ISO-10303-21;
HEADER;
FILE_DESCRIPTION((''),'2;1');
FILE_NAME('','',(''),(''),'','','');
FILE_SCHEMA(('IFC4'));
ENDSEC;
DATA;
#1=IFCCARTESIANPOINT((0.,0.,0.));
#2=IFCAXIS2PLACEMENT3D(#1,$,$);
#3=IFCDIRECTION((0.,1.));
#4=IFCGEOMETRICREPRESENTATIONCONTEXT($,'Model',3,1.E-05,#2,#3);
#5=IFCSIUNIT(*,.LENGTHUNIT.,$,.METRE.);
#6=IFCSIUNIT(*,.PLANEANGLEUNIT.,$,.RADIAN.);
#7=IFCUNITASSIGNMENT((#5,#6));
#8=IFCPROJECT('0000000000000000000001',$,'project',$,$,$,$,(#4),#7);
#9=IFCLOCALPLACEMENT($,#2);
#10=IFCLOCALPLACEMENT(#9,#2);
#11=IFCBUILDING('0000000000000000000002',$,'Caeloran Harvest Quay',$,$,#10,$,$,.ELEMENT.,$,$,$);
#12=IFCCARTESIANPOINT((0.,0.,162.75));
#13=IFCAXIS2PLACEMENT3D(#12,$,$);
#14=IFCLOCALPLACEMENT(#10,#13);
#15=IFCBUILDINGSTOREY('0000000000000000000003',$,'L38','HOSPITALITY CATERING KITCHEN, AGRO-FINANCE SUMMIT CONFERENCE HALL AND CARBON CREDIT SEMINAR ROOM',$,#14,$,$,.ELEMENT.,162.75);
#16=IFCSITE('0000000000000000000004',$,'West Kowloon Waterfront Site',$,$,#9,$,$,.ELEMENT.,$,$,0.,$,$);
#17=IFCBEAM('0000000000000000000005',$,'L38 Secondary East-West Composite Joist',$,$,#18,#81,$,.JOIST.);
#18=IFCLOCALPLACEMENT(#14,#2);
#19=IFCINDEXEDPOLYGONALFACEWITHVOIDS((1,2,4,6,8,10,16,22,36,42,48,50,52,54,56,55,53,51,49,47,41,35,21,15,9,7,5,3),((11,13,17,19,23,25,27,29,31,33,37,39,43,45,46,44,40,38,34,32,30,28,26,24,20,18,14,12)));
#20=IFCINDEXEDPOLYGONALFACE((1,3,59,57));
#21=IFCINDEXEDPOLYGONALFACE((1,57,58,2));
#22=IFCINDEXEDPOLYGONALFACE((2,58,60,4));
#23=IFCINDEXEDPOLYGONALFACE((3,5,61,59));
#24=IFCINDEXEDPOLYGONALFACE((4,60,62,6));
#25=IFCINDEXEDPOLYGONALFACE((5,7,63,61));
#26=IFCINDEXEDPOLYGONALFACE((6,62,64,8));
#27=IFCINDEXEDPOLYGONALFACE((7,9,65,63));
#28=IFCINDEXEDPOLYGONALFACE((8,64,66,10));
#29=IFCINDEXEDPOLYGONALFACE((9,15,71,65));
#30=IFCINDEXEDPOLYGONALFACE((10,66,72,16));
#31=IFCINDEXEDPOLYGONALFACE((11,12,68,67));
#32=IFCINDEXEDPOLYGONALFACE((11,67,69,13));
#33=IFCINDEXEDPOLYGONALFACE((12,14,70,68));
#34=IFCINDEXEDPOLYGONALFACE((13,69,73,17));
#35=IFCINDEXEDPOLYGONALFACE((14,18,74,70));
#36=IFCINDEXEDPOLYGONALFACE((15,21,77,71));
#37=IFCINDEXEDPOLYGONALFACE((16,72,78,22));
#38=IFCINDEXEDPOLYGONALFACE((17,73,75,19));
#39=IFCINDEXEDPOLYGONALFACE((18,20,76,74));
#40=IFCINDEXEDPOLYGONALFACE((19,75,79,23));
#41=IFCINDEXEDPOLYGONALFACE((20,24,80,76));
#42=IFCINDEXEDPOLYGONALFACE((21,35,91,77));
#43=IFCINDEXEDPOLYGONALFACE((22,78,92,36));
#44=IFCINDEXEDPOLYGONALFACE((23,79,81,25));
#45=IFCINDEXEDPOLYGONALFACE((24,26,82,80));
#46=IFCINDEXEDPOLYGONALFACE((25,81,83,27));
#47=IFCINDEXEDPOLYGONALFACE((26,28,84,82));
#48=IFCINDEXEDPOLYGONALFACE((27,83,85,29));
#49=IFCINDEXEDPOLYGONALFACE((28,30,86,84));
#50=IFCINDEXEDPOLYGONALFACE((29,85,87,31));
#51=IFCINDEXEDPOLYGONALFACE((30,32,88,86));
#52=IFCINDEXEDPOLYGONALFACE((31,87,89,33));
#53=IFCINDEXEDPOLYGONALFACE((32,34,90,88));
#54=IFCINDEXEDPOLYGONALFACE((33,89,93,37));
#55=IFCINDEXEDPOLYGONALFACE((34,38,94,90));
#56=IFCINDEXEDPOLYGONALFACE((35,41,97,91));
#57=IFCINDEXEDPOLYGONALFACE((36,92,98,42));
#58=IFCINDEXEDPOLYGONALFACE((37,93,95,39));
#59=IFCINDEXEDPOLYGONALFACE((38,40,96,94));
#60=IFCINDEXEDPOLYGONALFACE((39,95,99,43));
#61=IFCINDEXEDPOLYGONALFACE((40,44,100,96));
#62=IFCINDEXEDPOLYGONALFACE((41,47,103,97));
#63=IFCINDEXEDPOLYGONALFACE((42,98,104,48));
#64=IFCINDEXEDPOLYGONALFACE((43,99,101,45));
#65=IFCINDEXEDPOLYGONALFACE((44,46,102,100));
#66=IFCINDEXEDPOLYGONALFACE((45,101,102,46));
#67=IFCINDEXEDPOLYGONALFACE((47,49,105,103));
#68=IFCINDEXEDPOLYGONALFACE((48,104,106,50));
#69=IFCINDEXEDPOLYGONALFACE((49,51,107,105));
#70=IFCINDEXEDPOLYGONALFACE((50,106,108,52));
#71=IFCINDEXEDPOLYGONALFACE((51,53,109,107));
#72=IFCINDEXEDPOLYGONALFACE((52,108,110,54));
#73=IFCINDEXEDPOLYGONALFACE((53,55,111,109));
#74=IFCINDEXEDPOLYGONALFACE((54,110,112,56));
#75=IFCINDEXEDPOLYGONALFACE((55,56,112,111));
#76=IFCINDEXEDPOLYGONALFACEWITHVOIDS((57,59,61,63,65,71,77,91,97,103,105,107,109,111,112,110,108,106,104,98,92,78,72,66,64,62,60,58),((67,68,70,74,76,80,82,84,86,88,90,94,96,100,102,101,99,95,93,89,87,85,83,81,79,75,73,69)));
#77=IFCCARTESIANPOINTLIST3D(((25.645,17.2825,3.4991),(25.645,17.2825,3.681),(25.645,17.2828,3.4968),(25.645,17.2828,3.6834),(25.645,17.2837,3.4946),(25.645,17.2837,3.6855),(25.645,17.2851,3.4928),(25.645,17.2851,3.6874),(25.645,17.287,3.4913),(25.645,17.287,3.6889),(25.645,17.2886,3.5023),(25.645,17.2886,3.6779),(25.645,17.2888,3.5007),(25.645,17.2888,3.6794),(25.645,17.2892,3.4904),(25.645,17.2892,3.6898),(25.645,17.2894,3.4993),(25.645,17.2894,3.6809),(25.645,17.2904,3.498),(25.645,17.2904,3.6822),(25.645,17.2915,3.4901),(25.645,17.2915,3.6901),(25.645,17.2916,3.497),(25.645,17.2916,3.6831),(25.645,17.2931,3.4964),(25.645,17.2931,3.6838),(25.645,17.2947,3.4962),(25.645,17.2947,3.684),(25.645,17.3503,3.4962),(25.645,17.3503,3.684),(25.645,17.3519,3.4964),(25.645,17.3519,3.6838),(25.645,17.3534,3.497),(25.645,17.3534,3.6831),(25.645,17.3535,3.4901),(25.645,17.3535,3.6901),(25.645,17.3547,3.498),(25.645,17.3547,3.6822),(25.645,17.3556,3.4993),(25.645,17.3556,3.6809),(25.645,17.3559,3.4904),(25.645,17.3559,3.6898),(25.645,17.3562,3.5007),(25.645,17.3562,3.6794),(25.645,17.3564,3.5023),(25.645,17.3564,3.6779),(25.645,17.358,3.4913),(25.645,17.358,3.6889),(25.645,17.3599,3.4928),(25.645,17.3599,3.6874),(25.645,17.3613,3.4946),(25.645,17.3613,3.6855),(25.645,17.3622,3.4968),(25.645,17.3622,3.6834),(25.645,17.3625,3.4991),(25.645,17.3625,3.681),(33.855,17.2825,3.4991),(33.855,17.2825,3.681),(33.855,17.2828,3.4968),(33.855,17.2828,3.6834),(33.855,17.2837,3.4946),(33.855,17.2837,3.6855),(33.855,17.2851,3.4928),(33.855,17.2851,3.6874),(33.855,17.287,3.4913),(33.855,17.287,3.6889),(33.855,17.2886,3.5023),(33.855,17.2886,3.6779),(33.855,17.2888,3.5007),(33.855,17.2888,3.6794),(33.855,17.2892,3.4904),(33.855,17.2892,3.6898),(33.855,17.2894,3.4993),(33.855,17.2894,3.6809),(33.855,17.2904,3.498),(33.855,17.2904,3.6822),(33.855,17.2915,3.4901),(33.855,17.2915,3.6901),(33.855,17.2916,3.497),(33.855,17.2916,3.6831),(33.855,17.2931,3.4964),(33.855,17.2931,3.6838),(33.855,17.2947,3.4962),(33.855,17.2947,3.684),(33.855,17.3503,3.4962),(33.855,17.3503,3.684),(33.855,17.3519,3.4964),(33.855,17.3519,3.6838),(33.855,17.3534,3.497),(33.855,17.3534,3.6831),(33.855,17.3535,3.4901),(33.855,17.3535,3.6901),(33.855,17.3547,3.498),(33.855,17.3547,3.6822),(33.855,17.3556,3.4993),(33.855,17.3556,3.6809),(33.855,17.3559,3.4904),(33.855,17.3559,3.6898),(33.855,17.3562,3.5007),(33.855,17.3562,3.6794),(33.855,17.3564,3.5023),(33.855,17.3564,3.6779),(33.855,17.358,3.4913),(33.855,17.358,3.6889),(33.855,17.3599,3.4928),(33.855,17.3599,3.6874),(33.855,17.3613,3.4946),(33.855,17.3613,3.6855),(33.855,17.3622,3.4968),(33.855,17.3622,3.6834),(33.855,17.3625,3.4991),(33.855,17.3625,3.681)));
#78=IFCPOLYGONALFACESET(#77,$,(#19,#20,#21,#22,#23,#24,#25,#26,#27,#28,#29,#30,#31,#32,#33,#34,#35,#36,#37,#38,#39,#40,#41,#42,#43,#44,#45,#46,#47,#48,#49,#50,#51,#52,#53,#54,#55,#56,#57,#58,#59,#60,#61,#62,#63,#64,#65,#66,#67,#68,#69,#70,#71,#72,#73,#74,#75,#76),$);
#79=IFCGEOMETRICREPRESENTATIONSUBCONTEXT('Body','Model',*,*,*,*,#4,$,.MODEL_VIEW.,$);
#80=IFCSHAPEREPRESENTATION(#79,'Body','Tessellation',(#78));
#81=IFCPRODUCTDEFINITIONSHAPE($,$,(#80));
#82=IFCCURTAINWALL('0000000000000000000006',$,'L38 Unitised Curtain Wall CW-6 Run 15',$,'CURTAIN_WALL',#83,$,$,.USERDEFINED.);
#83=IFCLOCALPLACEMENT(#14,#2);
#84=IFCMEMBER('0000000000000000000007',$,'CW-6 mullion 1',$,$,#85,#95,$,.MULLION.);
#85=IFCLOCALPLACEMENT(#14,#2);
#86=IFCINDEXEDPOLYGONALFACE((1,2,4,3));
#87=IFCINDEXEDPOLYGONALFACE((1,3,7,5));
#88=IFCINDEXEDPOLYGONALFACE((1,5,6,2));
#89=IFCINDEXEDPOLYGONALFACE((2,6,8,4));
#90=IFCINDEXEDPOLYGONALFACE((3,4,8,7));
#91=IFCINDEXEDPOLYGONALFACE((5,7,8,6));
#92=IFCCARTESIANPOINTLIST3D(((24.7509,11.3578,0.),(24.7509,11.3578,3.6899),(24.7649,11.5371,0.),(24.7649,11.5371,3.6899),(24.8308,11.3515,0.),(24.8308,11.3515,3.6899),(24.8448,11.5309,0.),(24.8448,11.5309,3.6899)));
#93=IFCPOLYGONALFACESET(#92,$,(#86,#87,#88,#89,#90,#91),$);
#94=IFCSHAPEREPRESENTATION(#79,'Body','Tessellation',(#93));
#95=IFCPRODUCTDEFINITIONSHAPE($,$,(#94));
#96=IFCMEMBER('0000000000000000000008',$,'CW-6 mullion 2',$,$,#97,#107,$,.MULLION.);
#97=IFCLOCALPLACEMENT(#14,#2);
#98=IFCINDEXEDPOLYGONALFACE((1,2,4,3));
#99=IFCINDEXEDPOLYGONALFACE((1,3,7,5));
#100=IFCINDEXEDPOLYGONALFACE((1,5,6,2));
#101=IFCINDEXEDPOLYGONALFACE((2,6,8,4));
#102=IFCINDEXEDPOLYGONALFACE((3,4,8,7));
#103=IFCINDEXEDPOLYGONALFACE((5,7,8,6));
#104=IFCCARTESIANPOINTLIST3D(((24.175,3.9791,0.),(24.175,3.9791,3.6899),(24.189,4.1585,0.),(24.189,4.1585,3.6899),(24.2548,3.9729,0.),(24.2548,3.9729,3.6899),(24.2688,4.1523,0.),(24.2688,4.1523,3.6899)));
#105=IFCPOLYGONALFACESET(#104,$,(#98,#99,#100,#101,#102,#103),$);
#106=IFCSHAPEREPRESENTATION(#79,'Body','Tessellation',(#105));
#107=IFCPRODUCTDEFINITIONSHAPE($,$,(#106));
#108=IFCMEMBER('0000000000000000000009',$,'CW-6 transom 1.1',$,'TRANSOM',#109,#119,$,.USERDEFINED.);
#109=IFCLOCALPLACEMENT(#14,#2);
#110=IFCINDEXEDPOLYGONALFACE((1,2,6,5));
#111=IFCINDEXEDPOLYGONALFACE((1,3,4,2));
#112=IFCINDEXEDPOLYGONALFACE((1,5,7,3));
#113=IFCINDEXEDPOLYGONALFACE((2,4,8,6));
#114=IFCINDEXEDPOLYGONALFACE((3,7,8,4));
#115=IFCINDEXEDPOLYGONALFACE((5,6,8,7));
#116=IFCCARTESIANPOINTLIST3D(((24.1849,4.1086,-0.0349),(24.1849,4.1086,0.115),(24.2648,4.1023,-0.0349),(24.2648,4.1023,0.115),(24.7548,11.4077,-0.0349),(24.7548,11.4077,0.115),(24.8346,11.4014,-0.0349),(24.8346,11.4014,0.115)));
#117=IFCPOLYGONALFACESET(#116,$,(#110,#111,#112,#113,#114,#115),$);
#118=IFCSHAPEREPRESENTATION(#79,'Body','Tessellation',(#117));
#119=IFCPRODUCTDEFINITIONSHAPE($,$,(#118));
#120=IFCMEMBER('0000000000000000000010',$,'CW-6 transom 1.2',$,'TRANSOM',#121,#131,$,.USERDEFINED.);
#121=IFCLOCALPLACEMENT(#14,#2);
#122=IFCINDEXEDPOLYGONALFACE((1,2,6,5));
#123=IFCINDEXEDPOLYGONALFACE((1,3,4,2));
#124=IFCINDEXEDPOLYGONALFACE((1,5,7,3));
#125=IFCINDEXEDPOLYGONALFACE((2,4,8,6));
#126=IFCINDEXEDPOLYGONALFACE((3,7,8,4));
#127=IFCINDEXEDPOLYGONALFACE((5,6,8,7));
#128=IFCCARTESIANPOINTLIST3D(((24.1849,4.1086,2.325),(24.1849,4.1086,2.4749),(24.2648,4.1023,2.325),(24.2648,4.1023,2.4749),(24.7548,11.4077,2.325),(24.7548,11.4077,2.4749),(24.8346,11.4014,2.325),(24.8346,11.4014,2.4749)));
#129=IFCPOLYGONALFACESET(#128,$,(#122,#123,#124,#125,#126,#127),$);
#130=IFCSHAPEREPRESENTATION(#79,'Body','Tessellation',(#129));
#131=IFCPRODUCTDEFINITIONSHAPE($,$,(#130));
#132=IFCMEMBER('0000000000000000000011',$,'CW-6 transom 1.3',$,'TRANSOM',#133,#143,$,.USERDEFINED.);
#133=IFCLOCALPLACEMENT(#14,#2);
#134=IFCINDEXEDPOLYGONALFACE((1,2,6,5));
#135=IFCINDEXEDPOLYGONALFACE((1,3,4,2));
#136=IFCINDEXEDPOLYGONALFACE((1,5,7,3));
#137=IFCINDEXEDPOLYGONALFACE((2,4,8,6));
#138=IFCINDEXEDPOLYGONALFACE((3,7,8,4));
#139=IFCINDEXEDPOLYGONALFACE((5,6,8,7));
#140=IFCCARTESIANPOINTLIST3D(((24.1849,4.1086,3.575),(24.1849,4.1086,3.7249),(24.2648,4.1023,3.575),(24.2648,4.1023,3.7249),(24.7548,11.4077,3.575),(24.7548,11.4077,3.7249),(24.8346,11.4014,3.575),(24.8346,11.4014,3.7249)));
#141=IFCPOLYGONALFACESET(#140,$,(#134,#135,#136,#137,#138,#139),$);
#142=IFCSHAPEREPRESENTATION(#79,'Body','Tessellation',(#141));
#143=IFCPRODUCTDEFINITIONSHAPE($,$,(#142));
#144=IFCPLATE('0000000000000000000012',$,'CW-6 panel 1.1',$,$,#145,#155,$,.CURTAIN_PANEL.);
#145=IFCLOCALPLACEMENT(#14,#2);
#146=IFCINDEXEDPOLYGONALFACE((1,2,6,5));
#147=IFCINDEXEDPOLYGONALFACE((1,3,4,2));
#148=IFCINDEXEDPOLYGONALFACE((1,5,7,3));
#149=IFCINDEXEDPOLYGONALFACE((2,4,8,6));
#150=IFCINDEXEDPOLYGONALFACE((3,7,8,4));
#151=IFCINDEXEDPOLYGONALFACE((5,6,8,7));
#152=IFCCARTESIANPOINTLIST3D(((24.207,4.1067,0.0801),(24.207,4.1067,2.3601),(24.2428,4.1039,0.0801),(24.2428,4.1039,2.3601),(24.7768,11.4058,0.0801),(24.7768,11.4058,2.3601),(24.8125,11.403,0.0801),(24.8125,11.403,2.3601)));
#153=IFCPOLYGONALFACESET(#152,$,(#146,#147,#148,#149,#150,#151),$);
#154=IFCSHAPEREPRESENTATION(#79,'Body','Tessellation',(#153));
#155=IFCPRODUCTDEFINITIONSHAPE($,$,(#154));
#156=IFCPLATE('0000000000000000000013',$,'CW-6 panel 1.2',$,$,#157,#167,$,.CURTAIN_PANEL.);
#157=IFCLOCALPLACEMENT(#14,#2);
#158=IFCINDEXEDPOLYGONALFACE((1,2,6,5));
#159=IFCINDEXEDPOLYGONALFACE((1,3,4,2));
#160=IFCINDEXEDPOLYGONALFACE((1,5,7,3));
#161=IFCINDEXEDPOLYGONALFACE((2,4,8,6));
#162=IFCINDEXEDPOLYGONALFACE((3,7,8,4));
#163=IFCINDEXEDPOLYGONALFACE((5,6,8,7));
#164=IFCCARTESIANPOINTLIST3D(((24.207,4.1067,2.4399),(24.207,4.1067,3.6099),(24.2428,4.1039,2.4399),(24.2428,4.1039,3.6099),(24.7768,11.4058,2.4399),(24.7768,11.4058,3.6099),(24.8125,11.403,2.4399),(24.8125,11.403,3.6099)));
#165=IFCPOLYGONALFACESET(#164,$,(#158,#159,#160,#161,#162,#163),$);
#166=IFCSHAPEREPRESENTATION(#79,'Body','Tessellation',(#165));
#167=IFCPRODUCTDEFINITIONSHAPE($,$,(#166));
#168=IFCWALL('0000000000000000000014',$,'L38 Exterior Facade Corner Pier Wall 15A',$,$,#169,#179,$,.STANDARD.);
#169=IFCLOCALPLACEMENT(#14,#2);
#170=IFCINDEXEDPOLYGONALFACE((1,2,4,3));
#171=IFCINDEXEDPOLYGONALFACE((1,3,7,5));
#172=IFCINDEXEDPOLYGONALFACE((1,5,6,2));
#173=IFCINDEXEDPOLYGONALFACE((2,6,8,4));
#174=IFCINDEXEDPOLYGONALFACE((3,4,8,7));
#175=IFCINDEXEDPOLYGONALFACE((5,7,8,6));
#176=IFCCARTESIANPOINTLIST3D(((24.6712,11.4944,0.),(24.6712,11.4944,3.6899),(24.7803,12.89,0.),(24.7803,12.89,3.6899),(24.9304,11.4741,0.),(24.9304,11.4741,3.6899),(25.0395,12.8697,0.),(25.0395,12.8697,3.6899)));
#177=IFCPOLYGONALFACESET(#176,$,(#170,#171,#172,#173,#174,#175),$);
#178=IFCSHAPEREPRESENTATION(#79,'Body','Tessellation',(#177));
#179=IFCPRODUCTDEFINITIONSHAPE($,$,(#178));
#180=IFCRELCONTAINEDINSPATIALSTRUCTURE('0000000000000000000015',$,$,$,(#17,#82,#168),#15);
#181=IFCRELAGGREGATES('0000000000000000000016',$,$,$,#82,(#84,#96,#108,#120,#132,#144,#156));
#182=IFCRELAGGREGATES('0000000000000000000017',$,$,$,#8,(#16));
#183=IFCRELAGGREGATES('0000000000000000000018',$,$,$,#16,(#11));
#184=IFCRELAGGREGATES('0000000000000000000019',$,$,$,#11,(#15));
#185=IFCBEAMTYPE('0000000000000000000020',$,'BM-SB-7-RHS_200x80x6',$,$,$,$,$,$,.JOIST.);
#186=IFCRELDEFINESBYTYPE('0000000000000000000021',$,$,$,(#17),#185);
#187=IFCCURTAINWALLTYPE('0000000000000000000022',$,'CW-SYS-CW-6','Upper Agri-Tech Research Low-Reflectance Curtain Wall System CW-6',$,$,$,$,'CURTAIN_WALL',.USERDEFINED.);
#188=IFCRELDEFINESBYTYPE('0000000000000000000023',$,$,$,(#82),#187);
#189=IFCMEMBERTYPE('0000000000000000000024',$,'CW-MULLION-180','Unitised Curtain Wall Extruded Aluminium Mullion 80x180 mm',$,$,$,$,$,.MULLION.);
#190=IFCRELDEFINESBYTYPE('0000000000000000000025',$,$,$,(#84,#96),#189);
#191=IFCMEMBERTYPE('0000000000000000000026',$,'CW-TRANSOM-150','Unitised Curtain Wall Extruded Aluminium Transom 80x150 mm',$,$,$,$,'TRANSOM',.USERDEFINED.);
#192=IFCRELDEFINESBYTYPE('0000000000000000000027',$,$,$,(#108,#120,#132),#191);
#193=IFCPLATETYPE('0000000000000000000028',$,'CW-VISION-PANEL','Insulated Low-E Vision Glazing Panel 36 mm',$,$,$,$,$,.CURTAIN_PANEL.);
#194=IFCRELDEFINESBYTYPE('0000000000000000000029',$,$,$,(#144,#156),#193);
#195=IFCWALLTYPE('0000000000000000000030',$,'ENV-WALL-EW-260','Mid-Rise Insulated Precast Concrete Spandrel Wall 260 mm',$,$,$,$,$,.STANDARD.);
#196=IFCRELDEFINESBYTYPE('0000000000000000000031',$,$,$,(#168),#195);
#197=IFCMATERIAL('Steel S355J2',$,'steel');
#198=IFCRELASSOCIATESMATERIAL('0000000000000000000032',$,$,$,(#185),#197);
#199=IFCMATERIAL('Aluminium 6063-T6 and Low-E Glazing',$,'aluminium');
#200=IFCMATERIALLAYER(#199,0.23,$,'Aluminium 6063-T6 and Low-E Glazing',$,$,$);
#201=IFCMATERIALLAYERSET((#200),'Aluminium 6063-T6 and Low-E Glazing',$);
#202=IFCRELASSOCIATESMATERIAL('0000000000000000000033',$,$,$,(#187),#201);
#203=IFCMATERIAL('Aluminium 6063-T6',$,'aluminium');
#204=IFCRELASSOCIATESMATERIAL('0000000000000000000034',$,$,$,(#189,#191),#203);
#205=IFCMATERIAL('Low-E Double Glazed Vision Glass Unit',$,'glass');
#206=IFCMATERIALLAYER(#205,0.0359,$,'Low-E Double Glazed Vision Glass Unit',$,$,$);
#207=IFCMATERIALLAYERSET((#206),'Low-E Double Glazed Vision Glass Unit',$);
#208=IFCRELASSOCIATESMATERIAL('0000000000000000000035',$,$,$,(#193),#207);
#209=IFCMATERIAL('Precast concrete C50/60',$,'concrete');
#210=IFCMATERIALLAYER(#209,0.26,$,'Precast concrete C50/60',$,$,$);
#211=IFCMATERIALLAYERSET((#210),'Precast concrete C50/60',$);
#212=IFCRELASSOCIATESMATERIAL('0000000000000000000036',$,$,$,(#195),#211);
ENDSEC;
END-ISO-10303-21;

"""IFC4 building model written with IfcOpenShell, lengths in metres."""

from ifc_helpers import new_model, si_unit, direction, frame, frame_2d, origin, origin_2d, place, context, subcontext, project, spatial, rectangle, hollow_rectangle, extrude, material, layer, layer_set, material_profile, profile_set, type_object, element, aggregate, save


model = new_model("IFC4")

# Units and contexts
model_context = context("Model", 3, precision=1e-05, world=origin(), true_north=direction((0.0, 1.0)))
body_context = subcontext(model_context, "Body", "Model", "MODEL_VIEW")
ifc_project = project(units=[si_unit("LENGTHUNIT", "METRE"), si_unit("PLANEANGLEUNIT", "RADIAN")], contexts=[model_context])

# Site, building, storey
site_placement = place(None, origin())
site = spatial("IfcSite", under=ifc_project, at=site_placement, Name="West Kowloon Waterfront Site", CompositionType="ELEMENT", RefElevation=0.0)
building_placement = place(site_placement, origin())
building = spatial("IfcBuilding", under=site, at=building_placement, Name="Caeloran Harvest Quay", CompositionType="ELEMENT")
storey_placement = place(building_placement, frame((0.0, 0.0, 162.75)))
storey = spatial("IfcBuildingStorey", under=building, at=storey_placement, Name="L38", Description="HOSPITALITY CATERING KITCHEN, AGRO-FINANCE SUMMIT CONFERENCE HALL AND CARBON CREDIT SEMINAR ROOM", CompositionType="ELEMENT", Elevation=162.75)

# Beam
ifc_material_1 = material(Name="Steel S355J2", Category="steel")
ifc_material_profile_1 = material_profile(ifc_material_1, hollow_rectangle(XDim=0.0801, YDim=0.2, WallThickness=0.0061, InnerFilletRadius=0.0061, OuterFilletRadius=0.009, at=origin_2d()), Name="RHS 200x80x6")
ifc_profile_set_1 = profile_set([ifc_material_profile_1], Name="Steel S355J2")
beam_type_1 = type_object("IfcBeamType", Name="BM-SB-7-RHS_200x80x6", PredefinedType="JOIST", material=ifc_profile_set_1)
for number, where, z_axis, x_axis, name in (
    (1, (25.645, 17.3225, 3.5901), (1.0, 0.0, 0.0), (0.0, 1.0, 0.0), "L38 Secondary East-West Composite Joist"),
):
    element("IfcBeam", number, at=place(storey_placement, frame(where, z_axis=z_axis, x_axis=x_axis)), inside=storey, type_object=beam_type_1, Name=name, PredefinedType="JOIST", context=body_context, shape_type="SweptSolid", body=[
        extrude(hollow_rectangle(XDim=0.0801, YDim=0.2, WallThickness=0.0061, InnerFilletRadius=0.0061, OuterFilletRadius=0.009, at=origin_2d()), origin(), (0.0, 0.0, 1.0), 8.21),
    ])

# Curtain wall, members, plates
ifc_material_2 = material(Name="Aluminium 6063-T6 and Low-E Glazing", Category="aluminium")
ifc_layer_1 = layer(ifc_material_2, 0.23, Name="Aluminium 6063-T6 and Low-E Glazing")
ifc_layer_set_1 = layer_set([ifc_layer_1], Name="Aluminium 6063-T6 and Low-E Glazing")
curtain_wall_type = type_object("IfcCurtainWallType", Name="CW-SYS-CW-6", Description="Upper Agri-Tech Research Low-Reflectance Curtain Wall System CW-6", ElementType="CURTAIN_WALL", PredefinedType="USERDEFINED", material=ifc_layer_set_1)
curtain_wall_placement = place(storey_placement, origin())
curtain_wall = element("IfcCurtainWall", 2, at=curtain_wall_placement, inside=storey, type_object=curtain_wall_type, Name="L38 Unitised Curtain Wall CW-6 Run 15", ObjectType="CURTAIN_WALL", PredefinedType="USERDEFINED")
ifc_material_3 = material(Name="Aluminium 6063-T6", Category="aluminium")
ifc_material_profile_2 = material_profile(ifc_material_3, rectangle(XDim=0.0801, YDim=0.1799, at=origin_2d()), Name="CW-MULLION-180")
ifc_profile_set_2 = profile_set([ifc_material_profile_2], Name="Aluminium 6063-T6")
member_type_1 = type_object("IfcMemberType", Name="CW-MULLION-180", Description="Unitised Curtain Wall Extruded Aluminium Mullion 80x180 mm", PredefinedType="MULLION", material=ifc_profile_set_2)
member_1_placement = place(storey_placement, frame((24.7979, 11.4443, 0.0), z_axis=(0.0, 0.0, 1.0), x_axis=(0.996967, -0.077822, 0.0)))
member_1 = element("IfcMember", 3, at=member_1_placement, type_object=member_type_1, Name="CW-6 mullion 1", PredefinedType="MULLION", context=body_context, shape_type="SweptSolid", body=[
    extrude(rectangle(XDim=0.0801, YDim=0.1799, at=origin_2d()), origin(), (0.0, 0.0, 1.0), 3.6899),
])
member_2_placement = place(storey_placement, frame((24.2219, 4.0657, 0.0), z_axis=(0.0, 0.0, 1.0), x_axis=(0.996967, -0.077822, 0.0)))
member_2 = element("IfcMember", 4, at=member_2_placement, type_object=member_type_1, Name="CW-6 mullion 2", PredefinedType="MULLION", context=body_context, shape_type="SweptSolid", body=[
    extrude(rectangle(XDim=0.0801, YDim=0.1799, at=origin_2d()), origin(), (0.0, 0.0, 1.0), 3.6899),
])
ifc_material_profile_3 = material_profile(ifc_material_3, rectangle(XDim=0.0801, YDim=0.1499, at=origin_2d()), Name="CW-TRANSOM-150")
ifc_profile_set_3 = profile_set([ifc_material_profile_3], Name="Aluminium 6063-T6")
member_type_2 = type_object("IfcMemberType", Name="CW-TRANSOM-150", Description="Unitised Curtain Wall Extruded Aluminium Transom 80x150 mm", ElementType="TRANSOM", PredefinedType="USERDEFINED", material=ifc_profile_set_3)
member_3_placement = place(storey_placement, frame((24.7947, 11.4045, 0.04), z_axis=(-0.077831, -0.996967, 0.0), x_axis=(0.996967, -0.077831, 0.0)))
member_3 = element("IfcMember", 5, at=member_3_placement, type_object=member_type_2, Name="CW-6 transom 1.1", ObjectType="TRANSOM", PredefinedType="USERDEFINED", context=body_context, shape_type="SweptSolid", body=[
    extrude(rectangle(XDim=0.0801, YDim=0.1499, at=origin_2d()), origin(), (0.0, 0.0, 1.0), 7.3213),
])
member_4_placement = place(storey_placement, frame((24.7947, 11.4045, 2.3999), z_axis=(-0.077831, -0.996967, 0.0), x_axis=(0.996967, -0.077831, 0.0)))
member_4 = element("IfcMember", 6, at=member_4_placement, type_object=member_type_2, Name="CW-6 transom 1.2", ObjectType="TRANSOM", PredefinedType="USERDEFINED", context=body_context, shape_type="SweptSolid", body=[
    extrude(rectangle(XDim=0.0801, YDim=0.1499, at=origin_2d()), origin(), (0.0, 0.0, 1.0), 7.3213),
])
member_5_placement = place(storey_placement, frame((24.7947, 11.4045, 3.6499), z_axis=(-0.077831, -0.996967, 0.0), x_axis=(0.996967, -0.077831, 0.0)))
member_5 = element("IfcMember", 7, at=member_5_placement, type_object=member_type_2, Name="CW-6 transom 1.3", ObjectType="TRANSOM", PredefinedType="USERDEFINED", context=body_context, shape_type="SweptSolid", body=[
    extrude(rectangle(XDim=0.0801, YDim=0.1499, at=origin_2d()), origin(), (0.0, 0.0, 1.0), 7.3213),
])
ifc_material_4 = material(Name="Low-E Double Glazed Vision Glass Unit", Category="glass")
ifc_layer_2 = layer(ifc_material_4, 0.0359, Name="Low-E Double Glazed Vision Glass Unit")
ifc_layer_set_2 = layer_set([ifc_layer_2], Name="Low-E Double Glazed Vision Glass Unit")
plate_type = type_object("IfcPlateType", Name="CW-VISION-PANEL", Description="Insulated Low-E Vision Glazing Panel 36 mm", PredefinedType="CURTAIN_PANEL", material=ifc_layer_set_2)
plate_1_placement = place(storey_placement, frame((24.5098, 7.7549, 0.0801), z_axis=(0.0, 0.0, 1.0), x_axis=(-0.077822, -0.996967, 0.0)))
plate_1 = element("IfcPlate", 8, at=plate_1_placement, type_object=plate_type, Name="CW-6 panel 1.1", PredefinedType="CURTAIN_PANEL", context=body_context, shape_type="SweptSolid", body=[
    extrude(rectangle(XDim=7.3213, YDim=0.0359, at=origin_2d()), origin(), (0.0, 0.0, 1.0), 2.28),
])
plate_2_placement = place(storey_placement, frame((24.5098, 7.7549, 2.4399), z_axis=(0.0, 0.0, 1.0), x_axis=(-0.077822, -0.996967, 0.0)))
plate_2 = element("IfcPlate", 9, at=plate_2_placement, type_object=plate_type, Name="CW-6 panel 1.2", PredefinedType="CURTAIN_PANEL", context=body_context, shape_type="SweptSolid", body=[
    extrude(rectangle(XDim=7.3213, YDim=0.0359, at=origin_2d()), origin(), (0.0, 0.0, 1.0), 1.1699),
])
aggregate(curtain_wall, [member_1, member_2, member_3, member_4, member_5, plate_1, plate_2])

# Wall
ifc_material_5 = material(Name="Precast concrete C50/60", Category="concrete")
ifc_layer_3 = layer(ifc_material_5, 0.26, Name="Precast concrete C50/60")
ifc_layer_set_3 = layer_set([ifc_layer_3], Name="Precast concrete C50/60")
wall_type_1 = type_object("IfcWallType", Name="ENV-WALL-EW-260", Description="Mid-Rise Insulated Precast Concrete Spandrel Wall 260 mm", PredefinedType="STANDARD", material=ifc_layer_set_3)
wall_1_placement = place(storey_placement, frame((24.9099, 12.8799, 0.0), z_axis=(0.0, 0.0, 1.0), x_axis=(-0.07795, -0.996957, 0.0)))
element("IfcWall", 10, at=wall_1_placement, inside=storey, type_object=wall_type_1, Name="L38 Exterior Facade Corner Pier Wall 15A", PredefinedType="STANDARD", context=body_context, shape_type="SweptSolid", body=[
    extrude(rectangle(XDim=1.3999, YDim=0.26, at=frame_2d((0.7, 0.0))), origin(), (0.0, 0.0, 1.0), 3.6899),
])

save(model, "model.ifc")
